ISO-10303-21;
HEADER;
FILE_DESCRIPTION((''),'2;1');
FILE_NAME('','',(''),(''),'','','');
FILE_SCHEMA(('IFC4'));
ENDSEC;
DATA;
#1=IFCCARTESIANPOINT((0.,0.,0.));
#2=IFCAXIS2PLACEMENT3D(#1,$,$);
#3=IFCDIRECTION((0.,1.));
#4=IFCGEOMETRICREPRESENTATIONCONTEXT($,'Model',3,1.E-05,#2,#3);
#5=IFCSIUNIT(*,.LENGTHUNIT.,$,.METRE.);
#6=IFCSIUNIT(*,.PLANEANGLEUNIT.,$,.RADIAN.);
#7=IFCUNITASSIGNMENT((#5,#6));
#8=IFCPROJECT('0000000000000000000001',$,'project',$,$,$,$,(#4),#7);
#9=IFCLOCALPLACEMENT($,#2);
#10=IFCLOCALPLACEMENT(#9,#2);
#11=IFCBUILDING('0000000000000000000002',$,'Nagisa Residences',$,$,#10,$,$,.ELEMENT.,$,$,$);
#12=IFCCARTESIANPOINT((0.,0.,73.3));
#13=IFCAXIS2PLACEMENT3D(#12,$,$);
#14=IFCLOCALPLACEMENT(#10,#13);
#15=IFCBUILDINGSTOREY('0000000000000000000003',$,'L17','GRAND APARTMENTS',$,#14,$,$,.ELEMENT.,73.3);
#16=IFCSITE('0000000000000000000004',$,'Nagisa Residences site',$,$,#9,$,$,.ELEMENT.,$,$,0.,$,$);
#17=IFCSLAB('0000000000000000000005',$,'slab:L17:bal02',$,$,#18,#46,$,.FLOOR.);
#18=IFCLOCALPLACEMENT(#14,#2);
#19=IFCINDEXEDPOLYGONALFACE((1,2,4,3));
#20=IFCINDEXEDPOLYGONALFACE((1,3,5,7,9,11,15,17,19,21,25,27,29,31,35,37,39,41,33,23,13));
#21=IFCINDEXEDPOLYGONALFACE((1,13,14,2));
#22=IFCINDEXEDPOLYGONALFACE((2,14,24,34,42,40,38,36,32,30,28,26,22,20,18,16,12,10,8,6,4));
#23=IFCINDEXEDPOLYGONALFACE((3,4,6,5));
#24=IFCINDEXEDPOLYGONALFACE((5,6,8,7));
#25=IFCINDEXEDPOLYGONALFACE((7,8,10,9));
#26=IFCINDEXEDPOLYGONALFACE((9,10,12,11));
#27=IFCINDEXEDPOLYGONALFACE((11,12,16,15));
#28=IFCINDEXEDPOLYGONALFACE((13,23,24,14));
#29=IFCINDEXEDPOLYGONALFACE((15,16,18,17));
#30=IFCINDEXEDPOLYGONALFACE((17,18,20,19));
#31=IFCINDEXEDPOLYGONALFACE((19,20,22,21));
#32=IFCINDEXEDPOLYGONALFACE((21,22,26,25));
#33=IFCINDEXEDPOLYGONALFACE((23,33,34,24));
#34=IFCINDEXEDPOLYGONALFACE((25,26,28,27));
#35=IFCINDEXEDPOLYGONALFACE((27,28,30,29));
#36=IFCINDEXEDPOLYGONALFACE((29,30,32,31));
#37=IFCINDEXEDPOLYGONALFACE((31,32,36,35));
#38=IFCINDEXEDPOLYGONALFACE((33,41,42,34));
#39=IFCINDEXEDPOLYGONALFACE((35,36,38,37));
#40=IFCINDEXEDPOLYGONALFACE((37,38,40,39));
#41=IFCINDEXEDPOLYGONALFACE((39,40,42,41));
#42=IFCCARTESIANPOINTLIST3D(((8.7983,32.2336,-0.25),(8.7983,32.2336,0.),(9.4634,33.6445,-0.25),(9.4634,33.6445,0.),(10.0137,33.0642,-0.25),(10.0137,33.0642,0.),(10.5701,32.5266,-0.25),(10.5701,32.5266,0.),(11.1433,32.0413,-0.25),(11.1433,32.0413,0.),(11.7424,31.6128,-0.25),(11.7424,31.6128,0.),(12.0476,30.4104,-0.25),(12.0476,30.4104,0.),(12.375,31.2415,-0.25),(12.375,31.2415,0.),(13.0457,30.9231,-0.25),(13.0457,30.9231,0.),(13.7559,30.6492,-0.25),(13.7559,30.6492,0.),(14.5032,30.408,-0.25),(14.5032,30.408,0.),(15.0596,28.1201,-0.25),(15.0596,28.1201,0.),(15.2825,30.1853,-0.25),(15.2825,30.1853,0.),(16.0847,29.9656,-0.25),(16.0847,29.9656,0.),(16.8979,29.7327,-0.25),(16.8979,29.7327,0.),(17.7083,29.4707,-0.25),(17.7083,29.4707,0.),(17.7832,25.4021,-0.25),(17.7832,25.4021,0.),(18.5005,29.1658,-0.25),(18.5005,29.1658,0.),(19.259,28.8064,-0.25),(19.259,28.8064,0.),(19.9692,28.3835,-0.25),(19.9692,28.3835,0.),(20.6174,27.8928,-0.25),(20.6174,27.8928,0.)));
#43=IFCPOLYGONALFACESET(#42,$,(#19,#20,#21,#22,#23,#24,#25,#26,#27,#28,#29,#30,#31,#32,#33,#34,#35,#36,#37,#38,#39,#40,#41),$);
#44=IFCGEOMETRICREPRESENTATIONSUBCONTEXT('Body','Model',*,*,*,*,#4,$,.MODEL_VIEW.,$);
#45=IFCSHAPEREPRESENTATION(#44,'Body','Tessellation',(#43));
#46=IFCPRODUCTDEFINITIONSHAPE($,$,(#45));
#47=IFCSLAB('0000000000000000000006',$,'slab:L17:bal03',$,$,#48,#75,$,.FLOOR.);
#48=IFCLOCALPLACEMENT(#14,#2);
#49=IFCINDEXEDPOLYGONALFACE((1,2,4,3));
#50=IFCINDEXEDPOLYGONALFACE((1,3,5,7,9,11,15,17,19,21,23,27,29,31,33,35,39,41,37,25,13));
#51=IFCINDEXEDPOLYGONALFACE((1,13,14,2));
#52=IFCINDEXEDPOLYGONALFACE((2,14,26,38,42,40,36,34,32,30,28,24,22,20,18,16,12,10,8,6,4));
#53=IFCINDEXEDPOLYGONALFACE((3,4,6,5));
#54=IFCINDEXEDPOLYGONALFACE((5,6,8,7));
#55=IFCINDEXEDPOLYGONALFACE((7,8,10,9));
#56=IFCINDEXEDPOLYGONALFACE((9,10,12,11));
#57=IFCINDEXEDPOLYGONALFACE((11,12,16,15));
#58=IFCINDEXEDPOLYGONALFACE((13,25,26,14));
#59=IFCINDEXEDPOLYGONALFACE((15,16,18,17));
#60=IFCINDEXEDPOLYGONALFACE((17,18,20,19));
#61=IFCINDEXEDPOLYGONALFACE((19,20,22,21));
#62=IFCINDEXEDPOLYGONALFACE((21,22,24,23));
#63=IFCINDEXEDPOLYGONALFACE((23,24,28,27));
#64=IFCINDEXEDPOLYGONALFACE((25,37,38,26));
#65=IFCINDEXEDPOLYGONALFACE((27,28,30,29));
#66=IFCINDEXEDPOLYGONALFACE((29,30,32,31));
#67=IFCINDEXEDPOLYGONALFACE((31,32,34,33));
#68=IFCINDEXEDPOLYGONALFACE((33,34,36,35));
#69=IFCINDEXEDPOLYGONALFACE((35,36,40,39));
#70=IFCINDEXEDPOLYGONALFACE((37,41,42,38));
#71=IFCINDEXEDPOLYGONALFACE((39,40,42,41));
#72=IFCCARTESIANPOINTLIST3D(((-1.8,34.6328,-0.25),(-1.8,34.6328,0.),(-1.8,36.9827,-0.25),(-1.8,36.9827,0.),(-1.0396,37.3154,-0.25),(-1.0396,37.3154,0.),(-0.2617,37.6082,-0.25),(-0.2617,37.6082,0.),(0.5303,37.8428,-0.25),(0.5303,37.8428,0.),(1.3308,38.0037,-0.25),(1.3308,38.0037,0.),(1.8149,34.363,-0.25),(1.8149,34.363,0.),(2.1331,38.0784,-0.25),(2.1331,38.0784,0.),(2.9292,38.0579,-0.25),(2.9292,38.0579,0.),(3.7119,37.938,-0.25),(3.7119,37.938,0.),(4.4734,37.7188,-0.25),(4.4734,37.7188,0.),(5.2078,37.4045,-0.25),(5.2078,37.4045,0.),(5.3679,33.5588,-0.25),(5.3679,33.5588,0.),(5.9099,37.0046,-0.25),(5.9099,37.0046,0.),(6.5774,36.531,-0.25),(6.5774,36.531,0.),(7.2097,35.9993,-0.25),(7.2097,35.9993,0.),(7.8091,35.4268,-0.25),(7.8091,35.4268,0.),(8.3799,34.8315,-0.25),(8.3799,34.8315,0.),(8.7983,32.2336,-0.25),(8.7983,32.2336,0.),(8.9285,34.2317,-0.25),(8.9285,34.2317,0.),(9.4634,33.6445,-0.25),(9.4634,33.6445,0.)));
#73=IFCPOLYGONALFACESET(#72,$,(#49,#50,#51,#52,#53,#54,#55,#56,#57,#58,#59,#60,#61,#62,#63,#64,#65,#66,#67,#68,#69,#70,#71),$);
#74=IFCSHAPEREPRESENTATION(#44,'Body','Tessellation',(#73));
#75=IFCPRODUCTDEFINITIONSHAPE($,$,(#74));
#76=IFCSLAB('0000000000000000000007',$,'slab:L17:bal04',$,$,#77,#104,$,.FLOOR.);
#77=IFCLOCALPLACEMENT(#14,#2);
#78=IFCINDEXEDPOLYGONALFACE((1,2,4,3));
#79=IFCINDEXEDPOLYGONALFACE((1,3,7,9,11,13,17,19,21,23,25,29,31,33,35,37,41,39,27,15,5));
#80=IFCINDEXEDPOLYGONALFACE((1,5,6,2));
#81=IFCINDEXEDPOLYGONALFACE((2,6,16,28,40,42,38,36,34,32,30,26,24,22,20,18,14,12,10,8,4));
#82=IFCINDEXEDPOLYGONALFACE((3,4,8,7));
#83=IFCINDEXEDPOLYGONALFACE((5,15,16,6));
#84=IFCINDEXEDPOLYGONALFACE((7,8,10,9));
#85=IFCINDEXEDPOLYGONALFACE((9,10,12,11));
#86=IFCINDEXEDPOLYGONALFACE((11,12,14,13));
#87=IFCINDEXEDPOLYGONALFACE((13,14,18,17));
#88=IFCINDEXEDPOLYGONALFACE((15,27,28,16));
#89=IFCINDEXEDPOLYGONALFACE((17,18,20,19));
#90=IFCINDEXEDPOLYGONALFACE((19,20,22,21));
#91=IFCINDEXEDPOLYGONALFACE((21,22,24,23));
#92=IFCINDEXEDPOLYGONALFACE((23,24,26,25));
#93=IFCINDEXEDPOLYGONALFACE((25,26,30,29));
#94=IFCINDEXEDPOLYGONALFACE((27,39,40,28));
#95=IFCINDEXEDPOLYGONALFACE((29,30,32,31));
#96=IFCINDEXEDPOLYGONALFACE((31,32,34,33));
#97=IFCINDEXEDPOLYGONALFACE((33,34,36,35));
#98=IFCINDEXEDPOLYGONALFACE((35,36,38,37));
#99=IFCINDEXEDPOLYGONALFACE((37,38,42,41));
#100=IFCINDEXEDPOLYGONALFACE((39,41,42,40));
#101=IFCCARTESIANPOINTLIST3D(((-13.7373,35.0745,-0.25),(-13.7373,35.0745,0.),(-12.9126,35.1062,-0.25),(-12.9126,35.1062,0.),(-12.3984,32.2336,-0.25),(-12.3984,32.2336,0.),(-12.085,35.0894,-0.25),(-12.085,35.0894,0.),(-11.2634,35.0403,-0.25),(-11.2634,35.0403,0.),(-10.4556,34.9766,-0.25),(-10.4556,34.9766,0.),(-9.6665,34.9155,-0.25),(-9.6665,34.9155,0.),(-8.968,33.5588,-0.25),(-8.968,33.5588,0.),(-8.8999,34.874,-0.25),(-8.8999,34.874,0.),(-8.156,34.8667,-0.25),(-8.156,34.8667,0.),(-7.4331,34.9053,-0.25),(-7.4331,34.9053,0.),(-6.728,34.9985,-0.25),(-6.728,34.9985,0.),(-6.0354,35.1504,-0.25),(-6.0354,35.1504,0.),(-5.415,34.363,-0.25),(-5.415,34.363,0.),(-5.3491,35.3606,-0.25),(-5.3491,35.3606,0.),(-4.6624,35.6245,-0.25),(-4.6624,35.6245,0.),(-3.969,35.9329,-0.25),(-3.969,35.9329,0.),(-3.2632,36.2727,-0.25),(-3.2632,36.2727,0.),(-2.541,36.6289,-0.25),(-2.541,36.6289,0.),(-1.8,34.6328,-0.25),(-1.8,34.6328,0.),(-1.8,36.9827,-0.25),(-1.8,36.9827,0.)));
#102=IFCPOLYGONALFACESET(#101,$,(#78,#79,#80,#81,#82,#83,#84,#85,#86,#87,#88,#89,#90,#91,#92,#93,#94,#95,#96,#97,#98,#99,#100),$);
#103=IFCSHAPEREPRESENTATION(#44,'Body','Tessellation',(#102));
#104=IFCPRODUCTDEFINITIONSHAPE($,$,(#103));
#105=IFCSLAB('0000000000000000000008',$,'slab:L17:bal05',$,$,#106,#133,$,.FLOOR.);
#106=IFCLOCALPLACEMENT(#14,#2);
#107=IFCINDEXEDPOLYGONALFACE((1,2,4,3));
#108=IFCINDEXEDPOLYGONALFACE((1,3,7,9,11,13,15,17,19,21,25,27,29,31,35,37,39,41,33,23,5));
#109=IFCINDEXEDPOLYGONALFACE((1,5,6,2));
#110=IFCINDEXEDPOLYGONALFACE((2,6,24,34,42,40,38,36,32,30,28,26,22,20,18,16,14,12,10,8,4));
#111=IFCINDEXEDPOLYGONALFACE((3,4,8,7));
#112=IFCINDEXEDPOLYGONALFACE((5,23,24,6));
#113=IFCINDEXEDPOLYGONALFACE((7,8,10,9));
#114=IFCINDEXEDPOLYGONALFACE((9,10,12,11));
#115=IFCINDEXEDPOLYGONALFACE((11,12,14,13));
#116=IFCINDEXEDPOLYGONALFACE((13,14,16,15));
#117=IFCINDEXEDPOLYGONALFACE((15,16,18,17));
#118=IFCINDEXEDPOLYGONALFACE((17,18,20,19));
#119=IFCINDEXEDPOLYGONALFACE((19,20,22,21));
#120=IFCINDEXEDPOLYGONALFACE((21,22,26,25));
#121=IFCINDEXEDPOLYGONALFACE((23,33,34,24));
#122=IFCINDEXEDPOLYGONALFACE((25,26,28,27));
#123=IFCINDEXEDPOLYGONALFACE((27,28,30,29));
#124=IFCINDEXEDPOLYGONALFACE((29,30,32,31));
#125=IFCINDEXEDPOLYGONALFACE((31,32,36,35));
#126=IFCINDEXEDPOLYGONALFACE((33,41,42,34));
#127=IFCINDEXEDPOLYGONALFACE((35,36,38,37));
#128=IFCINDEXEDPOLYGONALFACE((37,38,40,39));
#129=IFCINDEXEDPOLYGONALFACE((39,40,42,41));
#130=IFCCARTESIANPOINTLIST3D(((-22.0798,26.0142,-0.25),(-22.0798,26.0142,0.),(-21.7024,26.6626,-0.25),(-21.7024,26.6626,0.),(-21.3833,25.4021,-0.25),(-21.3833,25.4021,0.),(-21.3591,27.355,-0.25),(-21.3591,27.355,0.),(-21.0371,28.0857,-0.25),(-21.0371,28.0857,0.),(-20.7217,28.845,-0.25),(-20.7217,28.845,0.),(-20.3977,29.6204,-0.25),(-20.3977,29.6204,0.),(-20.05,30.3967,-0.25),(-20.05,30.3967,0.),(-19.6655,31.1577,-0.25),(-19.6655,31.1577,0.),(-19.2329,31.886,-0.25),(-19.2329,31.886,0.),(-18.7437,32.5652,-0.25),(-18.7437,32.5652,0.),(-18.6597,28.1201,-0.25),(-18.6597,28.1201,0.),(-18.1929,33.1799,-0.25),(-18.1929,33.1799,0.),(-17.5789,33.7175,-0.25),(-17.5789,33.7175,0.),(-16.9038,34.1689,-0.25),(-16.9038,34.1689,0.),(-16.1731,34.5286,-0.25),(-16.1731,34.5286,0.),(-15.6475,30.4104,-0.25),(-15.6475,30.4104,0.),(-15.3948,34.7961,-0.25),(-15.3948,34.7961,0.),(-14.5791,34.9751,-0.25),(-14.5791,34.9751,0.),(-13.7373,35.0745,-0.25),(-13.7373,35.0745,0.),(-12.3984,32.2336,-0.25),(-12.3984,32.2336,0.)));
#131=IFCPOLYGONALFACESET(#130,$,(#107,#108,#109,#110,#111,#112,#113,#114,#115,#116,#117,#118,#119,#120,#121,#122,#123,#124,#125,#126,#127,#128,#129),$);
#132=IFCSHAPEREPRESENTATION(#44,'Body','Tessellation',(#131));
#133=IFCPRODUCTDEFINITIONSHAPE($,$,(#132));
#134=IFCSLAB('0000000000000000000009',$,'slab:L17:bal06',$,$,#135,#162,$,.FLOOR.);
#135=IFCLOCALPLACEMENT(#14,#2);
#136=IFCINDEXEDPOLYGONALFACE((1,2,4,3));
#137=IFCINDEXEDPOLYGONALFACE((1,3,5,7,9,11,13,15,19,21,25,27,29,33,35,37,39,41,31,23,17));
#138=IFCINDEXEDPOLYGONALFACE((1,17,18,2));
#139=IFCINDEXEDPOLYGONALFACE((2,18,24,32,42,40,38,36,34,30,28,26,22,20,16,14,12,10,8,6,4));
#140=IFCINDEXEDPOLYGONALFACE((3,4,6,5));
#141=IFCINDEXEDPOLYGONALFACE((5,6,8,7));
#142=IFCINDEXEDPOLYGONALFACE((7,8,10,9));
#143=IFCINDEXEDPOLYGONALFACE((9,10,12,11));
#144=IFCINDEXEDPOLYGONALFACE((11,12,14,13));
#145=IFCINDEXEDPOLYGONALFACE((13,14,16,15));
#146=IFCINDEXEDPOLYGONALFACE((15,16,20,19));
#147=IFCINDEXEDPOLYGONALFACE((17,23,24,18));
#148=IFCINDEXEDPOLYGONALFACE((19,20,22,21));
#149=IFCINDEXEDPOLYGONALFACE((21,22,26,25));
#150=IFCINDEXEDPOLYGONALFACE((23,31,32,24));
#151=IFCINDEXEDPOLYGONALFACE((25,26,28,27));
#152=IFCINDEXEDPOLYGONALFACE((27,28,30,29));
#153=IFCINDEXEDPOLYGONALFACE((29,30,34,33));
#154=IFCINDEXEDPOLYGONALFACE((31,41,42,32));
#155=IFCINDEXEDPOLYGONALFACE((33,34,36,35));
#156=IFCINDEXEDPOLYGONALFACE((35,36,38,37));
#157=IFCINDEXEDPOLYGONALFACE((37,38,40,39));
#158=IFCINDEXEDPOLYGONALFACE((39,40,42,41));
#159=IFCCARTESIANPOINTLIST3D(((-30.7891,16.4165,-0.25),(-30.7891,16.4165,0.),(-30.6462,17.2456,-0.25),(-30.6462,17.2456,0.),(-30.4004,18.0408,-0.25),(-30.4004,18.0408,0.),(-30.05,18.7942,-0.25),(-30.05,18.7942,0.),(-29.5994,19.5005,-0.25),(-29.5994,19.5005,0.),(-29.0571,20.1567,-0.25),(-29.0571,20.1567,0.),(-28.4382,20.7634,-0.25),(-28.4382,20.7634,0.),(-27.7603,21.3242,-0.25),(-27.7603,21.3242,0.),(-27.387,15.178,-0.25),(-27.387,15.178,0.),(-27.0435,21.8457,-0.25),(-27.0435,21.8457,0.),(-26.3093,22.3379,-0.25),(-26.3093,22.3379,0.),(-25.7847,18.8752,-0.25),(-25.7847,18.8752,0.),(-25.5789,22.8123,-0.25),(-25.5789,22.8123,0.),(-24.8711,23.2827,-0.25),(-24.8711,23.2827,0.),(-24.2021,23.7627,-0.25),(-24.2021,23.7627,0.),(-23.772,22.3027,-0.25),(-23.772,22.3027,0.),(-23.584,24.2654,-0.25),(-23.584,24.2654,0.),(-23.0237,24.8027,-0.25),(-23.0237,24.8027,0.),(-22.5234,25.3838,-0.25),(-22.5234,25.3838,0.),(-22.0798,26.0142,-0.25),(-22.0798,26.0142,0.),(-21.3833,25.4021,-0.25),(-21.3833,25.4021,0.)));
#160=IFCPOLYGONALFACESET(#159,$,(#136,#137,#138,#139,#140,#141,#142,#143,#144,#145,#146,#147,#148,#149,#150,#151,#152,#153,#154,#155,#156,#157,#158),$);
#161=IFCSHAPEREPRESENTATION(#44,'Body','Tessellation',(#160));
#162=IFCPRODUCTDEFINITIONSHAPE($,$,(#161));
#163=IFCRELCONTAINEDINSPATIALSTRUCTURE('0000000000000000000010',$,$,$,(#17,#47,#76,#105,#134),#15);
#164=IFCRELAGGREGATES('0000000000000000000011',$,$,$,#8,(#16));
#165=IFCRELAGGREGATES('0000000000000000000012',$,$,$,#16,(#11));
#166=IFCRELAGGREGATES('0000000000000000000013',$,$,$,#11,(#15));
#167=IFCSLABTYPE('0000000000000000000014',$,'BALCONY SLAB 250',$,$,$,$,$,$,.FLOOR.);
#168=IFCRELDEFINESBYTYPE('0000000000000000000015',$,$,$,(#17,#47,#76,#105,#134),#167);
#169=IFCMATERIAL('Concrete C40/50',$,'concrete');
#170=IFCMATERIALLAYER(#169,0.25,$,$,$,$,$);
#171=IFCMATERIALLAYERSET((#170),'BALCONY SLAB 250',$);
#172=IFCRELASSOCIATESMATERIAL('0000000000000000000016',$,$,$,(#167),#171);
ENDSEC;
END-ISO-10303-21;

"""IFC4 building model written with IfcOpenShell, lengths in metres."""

from ifc_helpers import new_model, si_unit, direction, frame, origin, place, context, subcontext, project, spatial, polyline, outline, extrude, material, layer, layer_set, type_object, element, save


model = new_model("IFC4")

# Units and contexts
model_context = context("Model", 3, precision=1e-05, world=origin(), true_north=direction((0.0, 1.0)))
body_context = subcontext(model_context, "Body", "Model", "MODEL_VIEW")
ifc_project = project(units=[si_unit("LENGTHUNIT", "METRE"), si_unit("PLANEANGLEUNIT", "RADIAN")], contexts=[model_context])

# Site, building, storey
site_placement = place(None, origin())
site = spatial("IfcSite", under=ifc_project, at=site_placement, Name="Nagisa Residences site", CompositionType="ELEMENT", RefElevation=0.0)
building_placement = place(site_placement, origin())
building = spatial("IfcBuilding", under=site, at=building_placement, Name="Nagisa Residences", CompositionType="ELEMENT")
storey_placement = place(building_placement, frame((0.0, 0.0, 73.3)))
storey = spatial("IfcBuildingStorey", under=building, at=storey_placement, Name="L17", Description="GRAND APARTMENTS", CompositionType="ELEMENT", Elevation=73.3)

# Slabs
ifc_material_1 = material(Name="Concrete C40/50", Category="concrete")
ifc_layer_1 = layer(ifc_material_1, 0.25)
ifc_layer_set_1 = layer_set([ifc_layer_1], Name="BALCONY SLAB 250")
slab_type_1 = type_object("IfcSlabType", Name="BALCONY SLAB 250", PredefinedType="FLOOR", material=ifc_layer_set_1)
slab_1_placement = place(storey_placement, frame((0.0, 0.0, -0.25)))
element("IfcSlab", 1, at=slab_1_placement, inside=storey, type_object=slab_type_1, Name="slab:L17:bal02", PredefinedType="FLOOR", context=body_context, shape_type="SweptSolid", body=[
    extrude(outline(polyline([(20.6174, 27.8928), (19.9692, 28.3835), (19.259, 28.8064), (18.5005, 29.1658), (17.7083, 29.4707), (16.8979, 29.7327), (16.0847, 29.9656), (15.2825, 30.1853), (14.5032, 30.408), (13.7559, 30.6492), (13.0457, 30.9231), (12.375, 31.2415), (11.7424, 31.6128), (11.1433, 32.0413), (10.5701, 32.5266), (10.0137, 33.0642), (9.4634, 33.6445), (8.7983, 32.2336), (12.0476, 30.4104), (15.0596, 28.1201), (17.7832, 25.4021), (20.6174, 27.8928)])), origin(), (0.0, 0.0, 1.0), 0.25),
])
slab_2_placement = place(storey_placement, frame((0.0, 0.0, -0.25)))
element("IfcSlab", 2, at=slab_2_placement, inside=storey, type_object=slab_type_1, Name="slab:L17:bal03", PredefinedType="FLOOR", context=body_context, shape_type="SweptSolid", body=[
    extrude(outline(polyline([(9.4634, 33.6445), (8.9285, 34.2317), (8.3799, 34.8315), (7.8091, 35.4268), (7.2097, 35.9993), (6.5774, 36.531), (5.9099, 37.0046), (5.2078, 37.4045), (4.4734, 37.7188), (3.7119, 37.938), (2.9292, 38.0579), (2.1331, 38.0784), (1.3308, 38.0037), (0.5303, 37.8428), (-0.2617, 37.6082), (-1.0396, 37.3154), (-1.8, 36.9827), (-1.8, 34.6328), (1.8149, 34.363), (5.3679, 33.5588), (8.7983, 32.2336), (9.4634, 33.6445)])), origin(), (0.0, 0.0, 1.0), 0.25),
])
slab_3_placement = place(storey_placement, frame((0.0, 0.0, -0.25)))
element("IfcSlab", 3, at=slab_3_placement, inside=storey, type_object=slab_type_1, Name="slab:L17:bal04", PredefinedType="FLOOR", context=body_context, shape_type="SweptSolid", body=[
    extrude(outline(polyline([(-1.8, 36.9827), (-2.541, 36.6289), (-3.2632, 36.2727), (-3.969, 35.9329), (-4.6624, 35.6245), (-5.3491, 35.3606), (-6.0354, 35.1504), (-6.728, 34.9985), (-7.4331, 34.9053), (-8.156, 34.8667), (-8.8999, 34.874), (-9.6665, 34.9155), (-10.4556, 34.9766), (-11.2634, 35.0403), (-12.085, 35.0894), (-12.9126, 35.1062), (-13.7373, 35.0745), (-12.3984, 32.2336), (-8.968, 33.5588), (-5.415, 34.363), (-1.8, 34.6328), (-1.8, 36.9827)])), origin(), (0.0, 0.0, 1.0), 0.25),
])
slab_4_placement = place(storey_placement, frame((0.0, 0.0, -0.25)))
element("IfcSlab", 4, at=slab_4_placement, inside=storey, type_object=slab_type_1, Name="slab:L17:bal05", PredefinedType="FLOOR", context=body_context, shape_type="SweptSolid", body=[
    extrude(outline(polyline([(-13.7373, 35.0745), (-14.5791, 34.9751), (-15.3948, 34.7961), (-16.1731, 34.5286), (-16.9038, 34.1689), (-17.5789, 33.7175), (-18.1929, 33.1799), (-18.7437, 32.5652), (-19.2329, 31.886), (-19.6655, 31.1577), (-20.05, 30.3967), (-20.3977, 29.6204), (-20.7217, 28.845), (-21.0371, 28.0857), (-21.3591, 27.355), (-21.7024, 26.6626), (-22.0798, 26.0142), (-21.3833, 25.4021), (-18.6597, 28.1201), (-15.6475, 30.4104), (-12.3984, 32.2336), (-13.7373, 35.0745)])), origin(), (0.0, 0.0, 1.0), 0.25),
])
slab_5_placement = place(storey_placement, frame((0.0, 0.0, -0.25)))
element("IfcSlab", 5, at=slab_5_placement, inside=storey, type_object=slab_type_1, Name="slab:L17:bal06", PredefinedType="FLOOR", context=body_context, shape_type="SweptSolid", body=[
    extrude(outline(polyline([(-22.0798, 26.0142), (-22.5234, 25.3838), (-23.0237, 24.8027), (-23.584, 24.2654), (-24.2021, 23.7627), (-24.8711, 23.2827), (-25.5789, 22.8123), (-26.3093, 22.3379), (-27.0435, 21.8457), (-27.7603, 21.3242), (-28.4382, 20.7634), (-29.0571, 20.1567), (-29.5994, 19.5005), (-30.05, 18.7942), (-30.4004, 18.0408), (-30.6462, 17.2456), (-30.7891, 16.4165), (-27.387, 15.178), (-25.7847, 18.8752), (-23.772, 22.3027), (-21.3833, 25.4021), (-22.0798, 26.0142)])), origin(), (0.0, 0.0, 1.0), 0.25),
])

save(model, "model.ifc")
